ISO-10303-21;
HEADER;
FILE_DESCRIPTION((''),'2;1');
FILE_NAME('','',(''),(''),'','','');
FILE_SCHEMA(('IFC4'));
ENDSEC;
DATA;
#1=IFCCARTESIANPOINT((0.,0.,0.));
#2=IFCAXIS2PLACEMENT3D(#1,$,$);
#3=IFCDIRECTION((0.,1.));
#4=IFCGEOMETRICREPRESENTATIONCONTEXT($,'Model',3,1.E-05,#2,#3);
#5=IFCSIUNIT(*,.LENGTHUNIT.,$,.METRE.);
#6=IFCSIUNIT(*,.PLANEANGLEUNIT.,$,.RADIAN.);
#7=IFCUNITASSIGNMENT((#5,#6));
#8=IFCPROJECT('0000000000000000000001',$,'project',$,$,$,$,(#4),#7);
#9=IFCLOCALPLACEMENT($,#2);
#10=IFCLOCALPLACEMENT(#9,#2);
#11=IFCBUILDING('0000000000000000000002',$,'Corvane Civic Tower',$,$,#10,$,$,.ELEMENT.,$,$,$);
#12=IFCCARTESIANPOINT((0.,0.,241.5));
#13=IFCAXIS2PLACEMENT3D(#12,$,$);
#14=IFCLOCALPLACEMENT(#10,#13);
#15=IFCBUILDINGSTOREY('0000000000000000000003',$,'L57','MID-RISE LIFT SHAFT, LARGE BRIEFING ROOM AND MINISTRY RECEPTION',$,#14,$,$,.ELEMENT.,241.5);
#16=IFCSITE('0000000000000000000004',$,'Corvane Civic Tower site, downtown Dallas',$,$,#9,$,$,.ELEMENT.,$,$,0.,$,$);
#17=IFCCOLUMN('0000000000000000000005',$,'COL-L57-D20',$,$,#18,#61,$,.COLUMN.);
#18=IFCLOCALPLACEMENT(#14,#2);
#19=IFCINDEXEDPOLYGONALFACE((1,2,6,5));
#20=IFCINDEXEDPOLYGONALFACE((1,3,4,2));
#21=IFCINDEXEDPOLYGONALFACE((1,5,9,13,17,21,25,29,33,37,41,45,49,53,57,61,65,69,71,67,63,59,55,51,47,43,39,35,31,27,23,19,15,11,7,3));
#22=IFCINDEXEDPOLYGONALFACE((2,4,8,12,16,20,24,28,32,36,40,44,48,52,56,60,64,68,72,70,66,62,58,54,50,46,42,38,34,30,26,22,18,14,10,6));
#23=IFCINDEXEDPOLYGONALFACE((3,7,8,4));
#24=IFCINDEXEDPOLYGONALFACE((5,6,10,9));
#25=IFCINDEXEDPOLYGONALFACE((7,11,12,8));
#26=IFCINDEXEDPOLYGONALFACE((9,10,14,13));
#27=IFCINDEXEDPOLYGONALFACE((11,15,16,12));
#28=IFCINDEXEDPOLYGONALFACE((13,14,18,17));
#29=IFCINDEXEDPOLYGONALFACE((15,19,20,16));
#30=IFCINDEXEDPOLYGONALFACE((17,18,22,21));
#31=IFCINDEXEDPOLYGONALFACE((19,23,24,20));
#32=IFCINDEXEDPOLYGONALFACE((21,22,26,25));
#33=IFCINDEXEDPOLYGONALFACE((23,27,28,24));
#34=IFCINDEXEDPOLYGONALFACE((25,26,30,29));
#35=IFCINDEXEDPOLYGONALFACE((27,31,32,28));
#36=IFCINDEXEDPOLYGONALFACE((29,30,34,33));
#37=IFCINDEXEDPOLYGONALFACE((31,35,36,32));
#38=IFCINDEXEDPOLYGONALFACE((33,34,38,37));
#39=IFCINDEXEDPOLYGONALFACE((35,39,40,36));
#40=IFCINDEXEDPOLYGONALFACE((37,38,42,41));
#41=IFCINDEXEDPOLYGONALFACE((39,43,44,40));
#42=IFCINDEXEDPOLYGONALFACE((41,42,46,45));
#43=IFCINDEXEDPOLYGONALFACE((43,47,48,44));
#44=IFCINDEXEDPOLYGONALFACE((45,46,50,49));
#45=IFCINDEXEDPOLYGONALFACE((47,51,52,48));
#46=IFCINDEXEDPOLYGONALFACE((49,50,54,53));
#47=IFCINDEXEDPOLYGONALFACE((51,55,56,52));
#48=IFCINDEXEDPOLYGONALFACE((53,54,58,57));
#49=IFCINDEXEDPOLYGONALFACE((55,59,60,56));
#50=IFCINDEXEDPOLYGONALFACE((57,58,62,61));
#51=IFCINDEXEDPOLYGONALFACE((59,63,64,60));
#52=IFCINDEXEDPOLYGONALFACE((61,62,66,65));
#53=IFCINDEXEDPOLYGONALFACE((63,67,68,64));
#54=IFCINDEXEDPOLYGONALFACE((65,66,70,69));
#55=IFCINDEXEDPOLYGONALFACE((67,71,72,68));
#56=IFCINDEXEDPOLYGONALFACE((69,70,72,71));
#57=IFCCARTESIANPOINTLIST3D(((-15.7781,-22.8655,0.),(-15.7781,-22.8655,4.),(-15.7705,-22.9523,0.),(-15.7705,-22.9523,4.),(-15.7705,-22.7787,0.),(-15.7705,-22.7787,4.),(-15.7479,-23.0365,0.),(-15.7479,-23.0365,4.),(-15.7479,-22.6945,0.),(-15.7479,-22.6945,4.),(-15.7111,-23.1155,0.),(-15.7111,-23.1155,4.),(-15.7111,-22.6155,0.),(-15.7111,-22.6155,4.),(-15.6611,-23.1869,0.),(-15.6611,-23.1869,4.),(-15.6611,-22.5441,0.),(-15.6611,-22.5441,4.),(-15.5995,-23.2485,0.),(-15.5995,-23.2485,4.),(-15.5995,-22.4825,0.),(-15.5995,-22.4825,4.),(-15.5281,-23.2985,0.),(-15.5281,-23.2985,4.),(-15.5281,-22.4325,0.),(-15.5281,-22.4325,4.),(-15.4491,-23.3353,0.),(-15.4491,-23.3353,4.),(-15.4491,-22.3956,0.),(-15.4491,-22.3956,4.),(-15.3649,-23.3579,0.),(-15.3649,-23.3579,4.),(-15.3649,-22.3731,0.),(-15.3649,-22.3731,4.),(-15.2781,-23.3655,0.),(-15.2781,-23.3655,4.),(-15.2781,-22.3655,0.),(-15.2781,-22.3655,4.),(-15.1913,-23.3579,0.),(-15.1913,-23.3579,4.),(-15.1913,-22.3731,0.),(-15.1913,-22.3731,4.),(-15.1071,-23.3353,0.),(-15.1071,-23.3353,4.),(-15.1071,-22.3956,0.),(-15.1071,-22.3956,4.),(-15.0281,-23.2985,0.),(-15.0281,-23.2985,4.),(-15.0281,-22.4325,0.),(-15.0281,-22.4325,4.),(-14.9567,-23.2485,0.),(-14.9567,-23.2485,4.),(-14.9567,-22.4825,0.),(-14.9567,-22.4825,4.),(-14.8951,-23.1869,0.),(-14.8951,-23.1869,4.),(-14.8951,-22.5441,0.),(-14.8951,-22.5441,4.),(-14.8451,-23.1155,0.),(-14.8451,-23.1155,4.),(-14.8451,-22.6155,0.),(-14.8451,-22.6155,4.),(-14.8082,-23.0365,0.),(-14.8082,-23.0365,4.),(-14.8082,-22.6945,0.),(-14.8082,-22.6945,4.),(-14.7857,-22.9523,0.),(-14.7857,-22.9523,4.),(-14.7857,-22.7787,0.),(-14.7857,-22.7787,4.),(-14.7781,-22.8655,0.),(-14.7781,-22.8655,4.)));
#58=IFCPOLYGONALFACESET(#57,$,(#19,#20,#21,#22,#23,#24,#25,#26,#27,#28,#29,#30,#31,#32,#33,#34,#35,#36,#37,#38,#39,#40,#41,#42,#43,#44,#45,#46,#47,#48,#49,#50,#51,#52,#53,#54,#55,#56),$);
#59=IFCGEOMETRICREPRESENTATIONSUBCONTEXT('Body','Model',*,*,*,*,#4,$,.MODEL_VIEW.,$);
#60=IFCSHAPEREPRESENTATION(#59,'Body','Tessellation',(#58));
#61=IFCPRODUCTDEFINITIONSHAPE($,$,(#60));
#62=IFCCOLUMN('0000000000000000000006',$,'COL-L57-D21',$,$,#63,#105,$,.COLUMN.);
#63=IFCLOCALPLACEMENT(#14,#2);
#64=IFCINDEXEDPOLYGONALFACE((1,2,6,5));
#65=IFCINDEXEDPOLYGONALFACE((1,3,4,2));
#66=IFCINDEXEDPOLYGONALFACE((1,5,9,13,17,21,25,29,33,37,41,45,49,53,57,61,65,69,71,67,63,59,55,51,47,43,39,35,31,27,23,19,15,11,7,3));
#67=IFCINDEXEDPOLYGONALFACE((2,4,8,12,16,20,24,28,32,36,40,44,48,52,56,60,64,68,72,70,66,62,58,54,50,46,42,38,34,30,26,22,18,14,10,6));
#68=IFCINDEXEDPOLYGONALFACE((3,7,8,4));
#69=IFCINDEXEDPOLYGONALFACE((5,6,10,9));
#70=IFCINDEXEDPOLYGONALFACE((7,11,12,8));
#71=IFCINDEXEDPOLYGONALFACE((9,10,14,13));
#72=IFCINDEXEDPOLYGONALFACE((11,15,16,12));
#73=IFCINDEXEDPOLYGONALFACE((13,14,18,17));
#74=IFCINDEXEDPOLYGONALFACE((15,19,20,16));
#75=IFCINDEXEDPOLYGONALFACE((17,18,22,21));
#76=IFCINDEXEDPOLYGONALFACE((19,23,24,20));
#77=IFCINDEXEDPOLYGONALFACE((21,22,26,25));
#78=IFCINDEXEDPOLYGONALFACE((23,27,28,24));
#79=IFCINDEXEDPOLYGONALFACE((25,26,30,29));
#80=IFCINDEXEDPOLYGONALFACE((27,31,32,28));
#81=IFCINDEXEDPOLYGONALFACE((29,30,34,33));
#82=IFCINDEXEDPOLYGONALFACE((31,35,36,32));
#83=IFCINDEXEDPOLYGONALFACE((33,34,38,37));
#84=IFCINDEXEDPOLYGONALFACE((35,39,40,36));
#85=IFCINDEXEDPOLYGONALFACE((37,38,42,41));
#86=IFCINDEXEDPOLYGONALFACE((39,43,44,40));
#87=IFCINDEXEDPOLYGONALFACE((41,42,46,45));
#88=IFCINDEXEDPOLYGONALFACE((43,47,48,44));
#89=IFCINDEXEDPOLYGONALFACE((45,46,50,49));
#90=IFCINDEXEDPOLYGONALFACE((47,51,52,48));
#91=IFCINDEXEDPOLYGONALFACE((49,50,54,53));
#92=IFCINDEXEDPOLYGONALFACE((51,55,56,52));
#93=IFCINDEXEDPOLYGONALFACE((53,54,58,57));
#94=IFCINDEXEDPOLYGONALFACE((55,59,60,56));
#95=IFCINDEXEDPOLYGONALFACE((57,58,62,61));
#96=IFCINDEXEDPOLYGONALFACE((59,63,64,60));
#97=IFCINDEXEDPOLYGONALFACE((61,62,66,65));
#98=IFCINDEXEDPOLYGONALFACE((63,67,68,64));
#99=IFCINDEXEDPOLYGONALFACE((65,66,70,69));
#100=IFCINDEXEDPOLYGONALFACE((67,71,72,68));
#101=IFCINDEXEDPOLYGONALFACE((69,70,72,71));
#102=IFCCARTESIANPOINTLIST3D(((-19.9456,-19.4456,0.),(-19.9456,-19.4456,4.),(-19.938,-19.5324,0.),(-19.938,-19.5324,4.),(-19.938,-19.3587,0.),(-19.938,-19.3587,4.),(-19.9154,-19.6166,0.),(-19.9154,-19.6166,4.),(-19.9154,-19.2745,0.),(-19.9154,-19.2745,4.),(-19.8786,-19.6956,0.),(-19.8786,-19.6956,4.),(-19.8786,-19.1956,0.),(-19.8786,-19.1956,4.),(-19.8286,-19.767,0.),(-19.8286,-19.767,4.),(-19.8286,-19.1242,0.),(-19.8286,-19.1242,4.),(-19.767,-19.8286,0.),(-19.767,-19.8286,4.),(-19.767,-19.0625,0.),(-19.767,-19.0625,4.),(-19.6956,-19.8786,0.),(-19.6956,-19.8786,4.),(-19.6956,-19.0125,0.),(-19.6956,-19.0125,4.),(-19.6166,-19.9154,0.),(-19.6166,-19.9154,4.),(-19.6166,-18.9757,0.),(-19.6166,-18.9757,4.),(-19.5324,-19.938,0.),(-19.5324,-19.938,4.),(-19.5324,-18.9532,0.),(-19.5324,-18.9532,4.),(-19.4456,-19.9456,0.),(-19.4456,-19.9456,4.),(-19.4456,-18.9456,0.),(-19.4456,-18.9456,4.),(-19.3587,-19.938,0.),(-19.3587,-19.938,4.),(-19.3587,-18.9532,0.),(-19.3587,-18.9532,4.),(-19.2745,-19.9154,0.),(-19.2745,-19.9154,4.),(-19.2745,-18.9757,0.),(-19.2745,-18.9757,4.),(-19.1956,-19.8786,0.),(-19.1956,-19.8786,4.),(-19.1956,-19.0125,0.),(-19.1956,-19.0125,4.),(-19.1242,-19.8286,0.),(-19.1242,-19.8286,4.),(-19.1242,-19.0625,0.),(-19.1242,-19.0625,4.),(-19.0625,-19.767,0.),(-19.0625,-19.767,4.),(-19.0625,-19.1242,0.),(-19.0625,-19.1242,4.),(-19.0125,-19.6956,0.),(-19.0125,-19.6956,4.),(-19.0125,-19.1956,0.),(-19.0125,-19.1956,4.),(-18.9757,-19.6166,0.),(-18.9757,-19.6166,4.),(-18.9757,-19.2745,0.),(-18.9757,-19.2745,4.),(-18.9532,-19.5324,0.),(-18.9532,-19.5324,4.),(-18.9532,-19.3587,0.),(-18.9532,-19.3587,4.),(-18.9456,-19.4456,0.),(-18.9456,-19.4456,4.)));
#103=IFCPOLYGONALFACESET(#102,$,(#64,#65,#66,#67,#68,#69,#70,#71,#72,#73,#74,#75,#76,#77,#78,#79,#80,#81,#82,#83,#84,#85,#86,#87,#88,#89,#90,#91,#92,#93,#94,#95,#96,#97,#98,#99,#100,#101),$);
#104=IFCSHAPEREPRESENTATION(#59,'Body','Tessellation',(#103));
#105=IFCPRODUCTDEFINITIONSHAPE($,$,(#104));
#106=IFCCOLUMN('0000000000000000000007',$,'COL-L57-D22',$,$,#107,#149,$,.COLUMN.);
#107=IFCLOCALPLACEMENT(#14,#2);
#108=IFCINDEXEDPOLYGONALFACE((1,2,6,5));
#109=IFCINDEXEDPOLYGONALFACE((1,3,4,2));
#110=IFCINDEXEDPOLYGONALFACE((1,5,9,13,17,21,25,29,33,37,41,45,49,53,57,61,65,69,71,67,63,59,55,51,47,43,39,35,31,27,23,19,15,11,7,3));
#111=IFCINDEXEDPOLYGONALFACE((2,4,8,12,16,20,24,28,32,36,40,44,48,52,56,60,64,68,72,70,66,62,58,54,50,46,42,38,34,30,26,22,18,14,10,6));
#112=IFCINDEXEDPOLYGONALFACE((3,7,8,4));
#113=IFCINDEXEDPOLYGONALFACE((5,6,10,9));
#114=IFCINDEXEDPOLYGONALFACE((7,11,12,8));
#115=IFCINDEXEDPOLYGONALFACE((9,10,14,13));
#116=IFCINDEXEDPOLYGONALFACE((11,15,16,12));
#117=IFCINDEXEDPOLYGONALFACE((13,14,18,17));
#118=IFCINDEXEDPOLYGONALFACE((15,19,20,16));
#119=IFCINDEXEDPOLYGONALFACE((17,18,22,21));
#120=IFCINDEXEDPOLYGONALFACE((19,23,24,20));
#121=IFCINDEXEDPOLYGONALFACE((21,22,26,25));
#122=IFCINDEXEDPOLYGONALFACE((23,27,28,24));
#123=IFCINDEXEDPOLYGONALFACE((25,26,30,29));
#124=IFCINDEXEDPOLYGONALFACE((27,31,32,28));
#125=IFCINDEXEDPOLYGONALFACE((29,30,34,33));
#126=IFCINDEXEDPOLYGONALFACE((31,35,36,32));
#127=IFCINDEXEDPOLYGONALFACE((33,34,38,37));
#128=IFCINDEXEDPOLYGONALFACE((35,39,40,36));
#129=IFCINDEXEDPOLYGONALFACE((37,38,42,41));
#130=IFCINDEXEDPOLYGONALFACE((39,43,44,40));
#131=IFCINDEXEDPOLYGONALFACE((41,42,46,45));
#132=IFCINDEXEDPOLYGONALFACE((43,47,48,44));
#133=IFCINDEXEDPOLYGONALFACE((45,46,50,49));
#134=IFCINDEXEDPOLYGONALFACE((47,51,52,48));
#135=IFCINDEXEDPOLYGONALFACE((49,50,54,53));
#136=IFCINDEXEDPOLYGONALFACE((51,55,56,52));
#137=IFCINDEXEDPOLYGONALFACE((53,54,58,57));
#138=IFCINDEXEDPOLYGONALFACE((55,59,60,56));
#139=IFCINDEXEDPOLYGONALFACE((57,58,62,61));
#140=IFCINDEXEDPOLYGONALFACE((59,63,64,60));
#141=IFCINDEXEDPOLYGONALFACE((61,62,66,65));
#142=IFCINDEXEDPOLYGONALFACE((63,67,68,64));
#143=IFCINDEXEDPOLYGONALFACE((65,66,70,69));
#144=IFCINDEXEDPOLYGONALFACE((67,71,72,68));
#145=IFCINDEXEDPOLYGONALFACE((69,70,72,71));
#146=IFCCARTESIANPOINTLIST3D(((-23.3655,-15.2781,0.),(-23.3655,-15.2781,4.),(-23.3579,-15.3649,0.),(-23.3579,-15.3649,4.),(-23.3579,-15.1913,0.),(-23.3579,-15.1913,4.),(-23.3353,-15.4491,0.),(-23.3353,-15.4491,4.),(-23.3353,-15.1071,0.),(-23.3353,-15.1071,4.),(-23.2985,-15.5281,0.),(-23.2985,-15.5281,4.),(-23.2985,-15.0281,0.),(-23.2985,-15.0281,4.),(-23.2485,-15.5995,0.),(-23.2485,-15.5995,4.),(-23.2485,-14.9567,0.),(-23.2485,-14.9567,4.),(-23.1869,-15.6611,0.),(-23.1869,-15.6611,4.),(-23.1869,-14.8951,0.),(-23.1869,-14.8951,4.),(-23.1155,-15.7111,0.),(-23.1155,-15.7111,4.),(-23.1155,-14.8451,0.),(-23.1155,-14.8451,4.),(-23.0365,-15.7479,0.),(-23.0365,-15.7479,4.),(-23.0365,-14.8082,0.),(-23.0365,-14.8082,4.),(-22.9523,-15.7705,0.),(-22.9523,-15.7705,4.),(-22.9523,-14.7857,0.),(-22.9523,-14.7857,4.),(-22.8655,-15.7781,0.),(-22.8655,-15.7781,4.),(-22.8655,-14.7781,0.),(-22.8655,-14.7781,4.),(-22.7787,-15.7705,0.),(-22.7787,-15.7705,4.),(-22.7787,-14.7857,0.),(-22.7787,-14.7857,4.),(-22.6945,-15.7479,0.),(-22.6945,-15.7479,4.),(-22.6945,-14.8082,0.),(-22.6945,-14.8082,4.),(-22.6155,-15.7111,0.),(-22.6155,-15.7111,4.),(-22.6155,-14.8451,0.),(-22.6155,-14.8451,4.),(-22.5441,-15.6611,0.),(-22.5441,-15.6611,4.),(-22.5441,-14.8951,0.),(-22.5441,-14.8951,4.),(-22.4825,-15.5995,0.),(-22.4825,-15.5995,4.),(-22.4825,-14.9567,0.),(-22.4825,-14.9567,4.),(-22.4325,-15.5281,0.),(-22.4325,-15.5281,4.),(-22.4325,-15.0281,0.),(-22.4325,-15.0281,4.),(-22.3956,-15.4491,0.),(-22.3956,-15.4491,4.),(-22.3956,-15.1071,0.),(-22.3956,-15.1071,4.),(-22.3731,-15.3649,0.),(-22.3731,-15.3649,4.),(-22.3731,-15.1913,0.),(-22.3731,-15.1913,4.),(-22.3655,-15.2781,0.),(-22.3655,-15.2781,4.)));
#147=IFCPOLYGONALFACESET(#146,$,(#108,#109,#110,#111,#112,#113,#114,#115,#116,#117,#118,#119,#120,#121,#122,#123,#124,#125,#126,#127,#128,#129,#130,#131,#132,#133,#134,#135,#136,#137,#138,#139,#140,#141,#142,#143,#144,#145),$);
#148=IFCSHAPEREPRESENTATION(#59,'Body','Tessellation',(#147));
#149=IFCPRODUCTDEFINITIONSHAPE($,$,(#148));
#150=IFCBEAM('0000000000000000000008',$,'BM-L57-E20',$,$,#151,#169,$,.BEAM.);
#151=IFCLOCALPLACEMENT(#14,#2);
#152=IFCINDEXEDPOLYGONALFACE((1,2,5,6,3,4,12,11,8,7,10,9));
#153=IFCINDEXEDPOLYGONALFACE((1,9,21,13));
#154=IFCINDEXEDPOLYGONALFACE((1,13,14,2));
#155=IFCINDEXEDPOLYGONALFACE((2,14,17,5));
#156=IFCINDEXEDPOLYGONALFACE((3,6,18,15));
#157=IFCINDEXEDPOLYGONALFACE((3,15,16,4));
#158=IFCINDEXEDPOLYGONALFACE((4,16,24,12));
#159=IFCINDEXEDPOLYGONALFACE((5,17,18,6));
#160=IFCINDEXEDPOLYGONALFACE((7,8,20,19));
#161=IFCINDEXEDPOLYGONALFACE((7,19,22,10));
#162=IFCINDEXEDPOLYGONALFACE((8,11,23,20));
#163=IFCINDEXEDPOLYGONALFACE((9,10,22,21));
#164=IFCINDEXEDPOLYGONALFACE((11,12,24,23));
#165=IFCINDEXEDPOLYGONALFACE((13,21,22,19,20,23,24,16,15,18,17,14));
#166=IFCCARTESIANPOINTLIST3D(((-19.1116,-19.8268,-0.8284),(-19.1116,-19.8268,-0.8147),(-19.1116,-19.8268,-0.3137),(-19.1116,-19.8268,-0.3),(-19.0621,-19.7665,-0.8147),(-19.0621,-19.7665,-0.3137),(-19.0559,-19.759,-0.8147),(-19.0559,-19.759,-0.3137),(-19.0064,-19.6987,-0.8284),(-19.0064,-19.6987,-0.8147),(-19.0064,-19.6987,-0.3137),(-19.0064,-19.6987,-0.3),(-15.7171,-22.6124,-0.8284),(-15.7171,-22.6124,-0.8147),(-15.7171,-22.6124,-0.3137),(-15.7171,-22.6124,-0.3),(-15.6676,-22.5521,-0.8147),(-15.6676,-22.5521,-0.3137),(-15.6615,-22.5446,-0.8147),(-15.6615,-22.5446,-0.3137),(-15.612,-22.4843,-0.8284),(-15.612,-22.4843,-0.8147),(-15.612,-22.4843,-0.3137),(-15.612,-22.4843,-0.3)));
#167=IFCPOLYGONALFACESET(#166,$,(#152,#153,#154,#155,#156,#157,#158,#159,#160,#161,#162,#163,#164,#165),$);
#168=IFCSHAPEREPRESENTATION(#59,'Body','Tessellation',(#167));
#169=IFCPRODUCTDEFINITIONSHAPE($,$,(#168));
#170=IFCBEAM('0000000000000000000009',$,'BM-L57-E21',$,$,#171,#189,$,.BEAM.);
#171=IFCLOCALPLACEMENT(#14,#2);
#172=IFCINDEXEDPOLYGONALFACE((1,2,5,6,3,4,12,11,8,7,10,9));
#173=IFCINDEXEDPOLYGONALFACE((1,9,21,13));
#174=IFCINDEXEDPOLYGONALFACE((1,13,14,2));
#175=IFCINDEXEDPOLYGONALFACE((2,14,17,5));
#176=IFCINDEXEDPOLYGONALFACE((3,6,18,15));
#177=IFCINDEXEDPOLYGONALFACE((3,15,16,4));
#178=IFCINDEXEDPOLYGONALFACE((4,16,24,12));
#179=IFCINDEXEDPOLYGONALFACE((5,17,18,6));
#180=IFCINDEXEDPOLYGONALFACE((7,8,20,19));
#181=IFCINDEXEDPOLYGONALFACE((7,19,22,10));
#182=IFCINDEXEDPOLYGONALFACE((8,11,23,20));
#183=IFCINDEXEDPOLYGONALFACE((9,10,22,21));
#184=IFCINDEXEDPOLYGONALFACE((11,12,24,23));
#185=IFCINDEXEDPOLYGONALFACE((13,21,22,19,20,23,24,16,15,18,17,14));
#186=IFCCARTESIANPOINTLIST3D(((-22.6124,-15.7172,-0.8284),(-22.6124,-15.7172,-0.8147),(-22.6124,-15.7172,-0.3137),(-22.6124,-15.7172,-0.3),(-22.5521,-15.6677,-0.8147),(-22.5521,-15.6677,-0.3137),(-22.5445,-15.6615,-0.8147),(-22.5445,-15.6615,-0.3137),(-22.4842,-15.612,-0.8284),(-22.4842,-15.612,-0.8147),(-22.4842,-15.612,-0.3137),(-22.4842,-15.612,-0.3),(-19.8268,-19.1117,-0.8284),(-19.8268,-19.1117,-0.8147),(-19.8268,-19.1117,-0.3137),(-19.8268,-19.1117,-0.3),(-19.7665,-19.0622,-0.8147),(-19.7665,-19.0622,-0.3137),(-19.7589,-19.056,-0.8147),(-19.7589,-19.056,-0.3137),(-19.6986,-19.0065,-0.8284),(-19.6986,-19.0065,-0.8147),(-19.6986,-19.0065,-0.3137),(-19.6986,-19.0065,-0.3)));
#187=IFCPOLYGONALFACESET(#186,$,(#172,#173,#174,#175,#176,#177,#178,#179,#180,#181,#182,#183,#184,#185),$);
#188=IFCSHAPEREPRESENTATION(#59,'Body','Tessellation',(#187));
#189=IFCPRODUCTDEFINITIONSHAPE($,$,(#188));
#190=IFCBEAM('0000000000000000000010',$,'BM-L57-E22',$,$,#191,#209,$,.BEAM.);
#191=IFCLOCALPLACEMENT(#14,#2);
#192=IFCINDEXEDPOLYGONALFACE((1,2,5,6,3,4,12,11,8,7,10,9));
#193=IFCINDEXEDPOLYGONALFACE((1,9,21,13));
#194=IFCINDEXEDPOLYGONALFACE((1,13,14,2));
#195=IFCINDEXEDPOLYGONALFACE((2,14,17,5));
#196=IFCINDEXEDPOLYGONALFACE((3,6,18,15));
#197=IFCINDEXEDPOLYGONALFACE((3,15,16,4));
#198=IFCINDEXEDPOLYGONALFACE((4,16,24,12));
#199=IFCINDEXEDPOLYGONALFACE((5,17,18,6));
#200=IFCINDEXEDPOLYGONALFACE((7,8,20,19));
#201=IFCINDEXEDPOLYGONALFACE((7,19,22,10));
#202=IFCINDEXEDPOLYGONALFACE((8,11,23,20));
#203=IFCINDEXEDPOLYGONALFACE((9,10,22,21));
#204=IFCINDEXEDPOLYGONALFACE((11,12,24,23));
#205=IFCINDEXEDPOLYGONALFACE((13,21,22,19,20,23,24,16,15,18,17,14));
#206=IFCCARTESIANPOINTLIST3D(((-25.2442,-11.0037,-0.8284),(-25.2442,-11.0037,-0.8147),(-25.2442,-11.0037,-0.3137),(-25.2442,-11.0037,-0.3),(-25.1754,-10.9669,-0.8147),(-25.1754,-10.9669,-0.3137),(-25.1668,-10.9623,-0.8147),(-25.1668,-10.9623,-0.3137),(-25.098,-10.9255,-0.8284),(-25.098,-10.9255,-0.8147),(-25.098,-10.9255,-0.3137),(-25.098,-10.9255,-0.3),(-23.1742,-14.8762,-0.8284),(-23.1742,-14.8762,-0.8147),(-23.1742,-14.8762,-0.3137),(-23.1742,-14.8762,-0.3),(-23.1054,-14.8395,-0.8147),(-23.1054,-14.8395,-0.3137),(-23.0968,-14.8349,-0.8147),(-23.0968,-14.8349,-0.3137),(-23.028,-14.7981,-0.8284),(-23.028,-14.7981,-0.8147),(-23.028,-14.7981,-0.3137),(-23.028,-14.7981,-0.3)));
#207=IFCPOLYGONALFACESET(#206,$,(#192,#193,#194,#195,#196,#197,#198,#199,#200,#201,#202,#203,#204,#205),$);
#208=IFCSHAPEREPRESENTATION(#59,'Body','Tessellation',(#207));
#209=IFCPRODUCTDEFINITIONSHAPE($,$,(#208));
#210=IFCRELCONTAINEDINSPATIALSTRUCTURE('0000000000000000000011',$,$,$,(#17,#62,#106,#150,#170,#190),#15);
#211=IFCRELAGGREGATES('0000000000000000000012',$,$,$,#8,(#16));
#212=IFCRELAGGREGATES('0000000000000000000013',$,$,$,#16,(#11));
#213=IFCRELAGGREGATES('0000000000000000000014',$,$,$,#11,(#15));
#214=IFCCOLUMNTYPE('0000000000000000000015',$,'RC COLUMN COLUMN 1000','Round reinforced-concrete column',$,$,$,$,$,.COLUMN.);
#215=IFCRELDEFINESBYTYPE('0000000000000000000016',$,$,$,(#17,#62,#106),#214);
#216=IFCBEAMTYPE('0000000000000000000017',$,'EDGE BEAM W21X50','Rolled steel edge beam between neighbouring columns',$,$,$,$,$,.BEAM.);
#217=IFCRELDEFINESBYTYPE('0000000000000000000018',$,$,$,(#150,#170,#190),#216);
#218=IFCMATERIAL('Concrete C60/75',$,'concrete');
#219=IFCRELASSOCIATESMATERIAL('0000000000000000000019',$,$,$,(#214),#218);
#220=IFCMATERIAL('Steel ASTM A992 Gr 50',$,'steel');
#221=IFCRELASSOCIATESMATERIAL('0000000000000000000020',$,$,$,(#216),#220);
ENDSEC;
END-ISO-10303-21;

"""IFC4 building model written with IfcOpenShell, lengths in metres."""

from ifc_helpers import new_model, si_unit, direction, frame, origin, origin_2d, place, context, subcontext, project, spatial, circle, i_section, extrude, material, material_profile, profile_set, type_object, element, save


model = new_model("IFC4")

# Units and contexts
model_context = context("Model", 3, precision=1e-05, world=origin(), true_north=direction((0.0, 1.0)))
body_context = subcontext(model_context, "Body", "Model", "MODEL_VIEW")
ifc_project = project(units=[si_unit("LENGTHUNIT", "METRE"), si_unit("PLANEANGLEUNIT", "RADIAN")], contexts=[model_context])

# Site, building, storey
site_placement = place(None, origin())
site = spatial("IfcSite", under=ifc_project, at=site_placement, Name="Corvane Civic Tower site, downtown Dallas", CompositionType="ELEMENT", RefElevation=0.0)
building_placement = place(site_placement, origin())
building = spatial("IfcBuilding", under=site, at=building_placement, Name="Corvane Civic Tower", CompositionType="ELEMENT")
storey_placement = place(building_placement, frame((0.0, 0.0, 241.5)))
storey = spatial("IfcBuildingStorey", under=building, at=storey_placement, Name="L57", Description="MID-RISE LIFT SHAFT, LARGE BRIEFING ROOM AND MINISTRY RECEPTION", CompositionType="ELEMENT", Elevation=241.5)

# Columns
ifc_material_1 = material(Name="Concrete C60/75", Category="concrete")
ifc_material_profile_1 = material_profile(ifc_material_1, circle(Radius=0.5, at=origin_2d()), Name="COLUMN 1000")
ifc_profile_set_1 = profile_set([ifc_material_profile_1], Name="Concrete C60/75")
column_type = type_object("IfcColumnType", Name="RC COLUMN COLUMN 1000", Description="Round reinforced-concrete column", PredefinedType="COLUMN", material=ifc_profile_set_1)
for number, where, z_axis, x_axis, name in (
    (1, (-15.2781, -22.8655, 0.0), (0.0, 0.0, 1.0), (1.0, 0.0, 0.0), "COL-L57-D20"),
    (2, (-19.4456, -19.4456, 0.0), (0.0, 0.0, 1.0), (1.0, 0.0, 0.0), "COL-L57-D21"),
    (3, (-22.8655, -15.2781, 0.0), (0.0, 0.0, 1.0), (1.0, 0.0, 0.0), "COL-L57-D22"),
):
    element("IfcColumn", number, at=place(storey_placement, frame(where, z_axis=z_axis, x_axis=x_axis)), inside=storey, type_object=column_type, Name=name, PredefinedType="COLUMN", context=body_context, shape_type="SweptSolid", body=[
        extrude(circle(Radius=0.5, at=origin_2d()), origin(), (0.0, 0.0, 1.0), 4.0),
    ])

# Beams
ifc_material_2 = material(Name="Steel ASTM A992 Gr 50", Category="steel")
ifc_material_profile_2 = material_profile(ifc_material_2, i_section(OverallWidth=0.1658, OverallDepth=0.5283, WebThickness=0.0098, FlangeThickness=0.0137, at=origin_2d()), Name="W21X50")
ifc_profile_set_2 = profile_set([ifc_material_profile_2], Name="Steel ASTM A992 Gr 50")
beam_type_1 = type_object("IfcBeamType", Name="EDGE BEAM W21X50", Description="Rolled steel edge beam between neighbouring columns", PredefinedType="BEAM", material=ifc_profile_set_2)
for number, where, z_axis, x_axis, name in (
    (4, (-15.6646, -22.5483, -0.5642), (-0.77303, 0.634369, 0.0), (-0.634369, -0.77303, 0.0), "BM-L57-E20"),
    (5, (-19.7627, -19.0591, -0.5642), (-0.634369, 0.77303, 0.0), (-0.77303, -0.634369, 0.0), "BM-L57-E21"),
    (6, (-23.1011, -14.8372, -0.5642), (-0.471422, 0.881908, 0.0), (-0.881908, -0.471422, 0.0), "BM-L57-E22"),
):
    element("IfcBeam", number, at=place(storey_placement, frame(where, z_axis=z_axis, x_axis=x_axis)), inside=storey, type_object=beam_type_1, Name=name, PredefinedType="BEAM", context=body_context, shape_type="SweptSolid", body=[
        extrude(i_section(OverallWidth=0.1658, OverallDepth=0.5283, WebThickness=0.0098, FlangeThickness=0.0137, at=origin_2d()), origin(), (0.0, 0.0, 1.0), 4.3911),
    ])

save(model, "model.ifc")
